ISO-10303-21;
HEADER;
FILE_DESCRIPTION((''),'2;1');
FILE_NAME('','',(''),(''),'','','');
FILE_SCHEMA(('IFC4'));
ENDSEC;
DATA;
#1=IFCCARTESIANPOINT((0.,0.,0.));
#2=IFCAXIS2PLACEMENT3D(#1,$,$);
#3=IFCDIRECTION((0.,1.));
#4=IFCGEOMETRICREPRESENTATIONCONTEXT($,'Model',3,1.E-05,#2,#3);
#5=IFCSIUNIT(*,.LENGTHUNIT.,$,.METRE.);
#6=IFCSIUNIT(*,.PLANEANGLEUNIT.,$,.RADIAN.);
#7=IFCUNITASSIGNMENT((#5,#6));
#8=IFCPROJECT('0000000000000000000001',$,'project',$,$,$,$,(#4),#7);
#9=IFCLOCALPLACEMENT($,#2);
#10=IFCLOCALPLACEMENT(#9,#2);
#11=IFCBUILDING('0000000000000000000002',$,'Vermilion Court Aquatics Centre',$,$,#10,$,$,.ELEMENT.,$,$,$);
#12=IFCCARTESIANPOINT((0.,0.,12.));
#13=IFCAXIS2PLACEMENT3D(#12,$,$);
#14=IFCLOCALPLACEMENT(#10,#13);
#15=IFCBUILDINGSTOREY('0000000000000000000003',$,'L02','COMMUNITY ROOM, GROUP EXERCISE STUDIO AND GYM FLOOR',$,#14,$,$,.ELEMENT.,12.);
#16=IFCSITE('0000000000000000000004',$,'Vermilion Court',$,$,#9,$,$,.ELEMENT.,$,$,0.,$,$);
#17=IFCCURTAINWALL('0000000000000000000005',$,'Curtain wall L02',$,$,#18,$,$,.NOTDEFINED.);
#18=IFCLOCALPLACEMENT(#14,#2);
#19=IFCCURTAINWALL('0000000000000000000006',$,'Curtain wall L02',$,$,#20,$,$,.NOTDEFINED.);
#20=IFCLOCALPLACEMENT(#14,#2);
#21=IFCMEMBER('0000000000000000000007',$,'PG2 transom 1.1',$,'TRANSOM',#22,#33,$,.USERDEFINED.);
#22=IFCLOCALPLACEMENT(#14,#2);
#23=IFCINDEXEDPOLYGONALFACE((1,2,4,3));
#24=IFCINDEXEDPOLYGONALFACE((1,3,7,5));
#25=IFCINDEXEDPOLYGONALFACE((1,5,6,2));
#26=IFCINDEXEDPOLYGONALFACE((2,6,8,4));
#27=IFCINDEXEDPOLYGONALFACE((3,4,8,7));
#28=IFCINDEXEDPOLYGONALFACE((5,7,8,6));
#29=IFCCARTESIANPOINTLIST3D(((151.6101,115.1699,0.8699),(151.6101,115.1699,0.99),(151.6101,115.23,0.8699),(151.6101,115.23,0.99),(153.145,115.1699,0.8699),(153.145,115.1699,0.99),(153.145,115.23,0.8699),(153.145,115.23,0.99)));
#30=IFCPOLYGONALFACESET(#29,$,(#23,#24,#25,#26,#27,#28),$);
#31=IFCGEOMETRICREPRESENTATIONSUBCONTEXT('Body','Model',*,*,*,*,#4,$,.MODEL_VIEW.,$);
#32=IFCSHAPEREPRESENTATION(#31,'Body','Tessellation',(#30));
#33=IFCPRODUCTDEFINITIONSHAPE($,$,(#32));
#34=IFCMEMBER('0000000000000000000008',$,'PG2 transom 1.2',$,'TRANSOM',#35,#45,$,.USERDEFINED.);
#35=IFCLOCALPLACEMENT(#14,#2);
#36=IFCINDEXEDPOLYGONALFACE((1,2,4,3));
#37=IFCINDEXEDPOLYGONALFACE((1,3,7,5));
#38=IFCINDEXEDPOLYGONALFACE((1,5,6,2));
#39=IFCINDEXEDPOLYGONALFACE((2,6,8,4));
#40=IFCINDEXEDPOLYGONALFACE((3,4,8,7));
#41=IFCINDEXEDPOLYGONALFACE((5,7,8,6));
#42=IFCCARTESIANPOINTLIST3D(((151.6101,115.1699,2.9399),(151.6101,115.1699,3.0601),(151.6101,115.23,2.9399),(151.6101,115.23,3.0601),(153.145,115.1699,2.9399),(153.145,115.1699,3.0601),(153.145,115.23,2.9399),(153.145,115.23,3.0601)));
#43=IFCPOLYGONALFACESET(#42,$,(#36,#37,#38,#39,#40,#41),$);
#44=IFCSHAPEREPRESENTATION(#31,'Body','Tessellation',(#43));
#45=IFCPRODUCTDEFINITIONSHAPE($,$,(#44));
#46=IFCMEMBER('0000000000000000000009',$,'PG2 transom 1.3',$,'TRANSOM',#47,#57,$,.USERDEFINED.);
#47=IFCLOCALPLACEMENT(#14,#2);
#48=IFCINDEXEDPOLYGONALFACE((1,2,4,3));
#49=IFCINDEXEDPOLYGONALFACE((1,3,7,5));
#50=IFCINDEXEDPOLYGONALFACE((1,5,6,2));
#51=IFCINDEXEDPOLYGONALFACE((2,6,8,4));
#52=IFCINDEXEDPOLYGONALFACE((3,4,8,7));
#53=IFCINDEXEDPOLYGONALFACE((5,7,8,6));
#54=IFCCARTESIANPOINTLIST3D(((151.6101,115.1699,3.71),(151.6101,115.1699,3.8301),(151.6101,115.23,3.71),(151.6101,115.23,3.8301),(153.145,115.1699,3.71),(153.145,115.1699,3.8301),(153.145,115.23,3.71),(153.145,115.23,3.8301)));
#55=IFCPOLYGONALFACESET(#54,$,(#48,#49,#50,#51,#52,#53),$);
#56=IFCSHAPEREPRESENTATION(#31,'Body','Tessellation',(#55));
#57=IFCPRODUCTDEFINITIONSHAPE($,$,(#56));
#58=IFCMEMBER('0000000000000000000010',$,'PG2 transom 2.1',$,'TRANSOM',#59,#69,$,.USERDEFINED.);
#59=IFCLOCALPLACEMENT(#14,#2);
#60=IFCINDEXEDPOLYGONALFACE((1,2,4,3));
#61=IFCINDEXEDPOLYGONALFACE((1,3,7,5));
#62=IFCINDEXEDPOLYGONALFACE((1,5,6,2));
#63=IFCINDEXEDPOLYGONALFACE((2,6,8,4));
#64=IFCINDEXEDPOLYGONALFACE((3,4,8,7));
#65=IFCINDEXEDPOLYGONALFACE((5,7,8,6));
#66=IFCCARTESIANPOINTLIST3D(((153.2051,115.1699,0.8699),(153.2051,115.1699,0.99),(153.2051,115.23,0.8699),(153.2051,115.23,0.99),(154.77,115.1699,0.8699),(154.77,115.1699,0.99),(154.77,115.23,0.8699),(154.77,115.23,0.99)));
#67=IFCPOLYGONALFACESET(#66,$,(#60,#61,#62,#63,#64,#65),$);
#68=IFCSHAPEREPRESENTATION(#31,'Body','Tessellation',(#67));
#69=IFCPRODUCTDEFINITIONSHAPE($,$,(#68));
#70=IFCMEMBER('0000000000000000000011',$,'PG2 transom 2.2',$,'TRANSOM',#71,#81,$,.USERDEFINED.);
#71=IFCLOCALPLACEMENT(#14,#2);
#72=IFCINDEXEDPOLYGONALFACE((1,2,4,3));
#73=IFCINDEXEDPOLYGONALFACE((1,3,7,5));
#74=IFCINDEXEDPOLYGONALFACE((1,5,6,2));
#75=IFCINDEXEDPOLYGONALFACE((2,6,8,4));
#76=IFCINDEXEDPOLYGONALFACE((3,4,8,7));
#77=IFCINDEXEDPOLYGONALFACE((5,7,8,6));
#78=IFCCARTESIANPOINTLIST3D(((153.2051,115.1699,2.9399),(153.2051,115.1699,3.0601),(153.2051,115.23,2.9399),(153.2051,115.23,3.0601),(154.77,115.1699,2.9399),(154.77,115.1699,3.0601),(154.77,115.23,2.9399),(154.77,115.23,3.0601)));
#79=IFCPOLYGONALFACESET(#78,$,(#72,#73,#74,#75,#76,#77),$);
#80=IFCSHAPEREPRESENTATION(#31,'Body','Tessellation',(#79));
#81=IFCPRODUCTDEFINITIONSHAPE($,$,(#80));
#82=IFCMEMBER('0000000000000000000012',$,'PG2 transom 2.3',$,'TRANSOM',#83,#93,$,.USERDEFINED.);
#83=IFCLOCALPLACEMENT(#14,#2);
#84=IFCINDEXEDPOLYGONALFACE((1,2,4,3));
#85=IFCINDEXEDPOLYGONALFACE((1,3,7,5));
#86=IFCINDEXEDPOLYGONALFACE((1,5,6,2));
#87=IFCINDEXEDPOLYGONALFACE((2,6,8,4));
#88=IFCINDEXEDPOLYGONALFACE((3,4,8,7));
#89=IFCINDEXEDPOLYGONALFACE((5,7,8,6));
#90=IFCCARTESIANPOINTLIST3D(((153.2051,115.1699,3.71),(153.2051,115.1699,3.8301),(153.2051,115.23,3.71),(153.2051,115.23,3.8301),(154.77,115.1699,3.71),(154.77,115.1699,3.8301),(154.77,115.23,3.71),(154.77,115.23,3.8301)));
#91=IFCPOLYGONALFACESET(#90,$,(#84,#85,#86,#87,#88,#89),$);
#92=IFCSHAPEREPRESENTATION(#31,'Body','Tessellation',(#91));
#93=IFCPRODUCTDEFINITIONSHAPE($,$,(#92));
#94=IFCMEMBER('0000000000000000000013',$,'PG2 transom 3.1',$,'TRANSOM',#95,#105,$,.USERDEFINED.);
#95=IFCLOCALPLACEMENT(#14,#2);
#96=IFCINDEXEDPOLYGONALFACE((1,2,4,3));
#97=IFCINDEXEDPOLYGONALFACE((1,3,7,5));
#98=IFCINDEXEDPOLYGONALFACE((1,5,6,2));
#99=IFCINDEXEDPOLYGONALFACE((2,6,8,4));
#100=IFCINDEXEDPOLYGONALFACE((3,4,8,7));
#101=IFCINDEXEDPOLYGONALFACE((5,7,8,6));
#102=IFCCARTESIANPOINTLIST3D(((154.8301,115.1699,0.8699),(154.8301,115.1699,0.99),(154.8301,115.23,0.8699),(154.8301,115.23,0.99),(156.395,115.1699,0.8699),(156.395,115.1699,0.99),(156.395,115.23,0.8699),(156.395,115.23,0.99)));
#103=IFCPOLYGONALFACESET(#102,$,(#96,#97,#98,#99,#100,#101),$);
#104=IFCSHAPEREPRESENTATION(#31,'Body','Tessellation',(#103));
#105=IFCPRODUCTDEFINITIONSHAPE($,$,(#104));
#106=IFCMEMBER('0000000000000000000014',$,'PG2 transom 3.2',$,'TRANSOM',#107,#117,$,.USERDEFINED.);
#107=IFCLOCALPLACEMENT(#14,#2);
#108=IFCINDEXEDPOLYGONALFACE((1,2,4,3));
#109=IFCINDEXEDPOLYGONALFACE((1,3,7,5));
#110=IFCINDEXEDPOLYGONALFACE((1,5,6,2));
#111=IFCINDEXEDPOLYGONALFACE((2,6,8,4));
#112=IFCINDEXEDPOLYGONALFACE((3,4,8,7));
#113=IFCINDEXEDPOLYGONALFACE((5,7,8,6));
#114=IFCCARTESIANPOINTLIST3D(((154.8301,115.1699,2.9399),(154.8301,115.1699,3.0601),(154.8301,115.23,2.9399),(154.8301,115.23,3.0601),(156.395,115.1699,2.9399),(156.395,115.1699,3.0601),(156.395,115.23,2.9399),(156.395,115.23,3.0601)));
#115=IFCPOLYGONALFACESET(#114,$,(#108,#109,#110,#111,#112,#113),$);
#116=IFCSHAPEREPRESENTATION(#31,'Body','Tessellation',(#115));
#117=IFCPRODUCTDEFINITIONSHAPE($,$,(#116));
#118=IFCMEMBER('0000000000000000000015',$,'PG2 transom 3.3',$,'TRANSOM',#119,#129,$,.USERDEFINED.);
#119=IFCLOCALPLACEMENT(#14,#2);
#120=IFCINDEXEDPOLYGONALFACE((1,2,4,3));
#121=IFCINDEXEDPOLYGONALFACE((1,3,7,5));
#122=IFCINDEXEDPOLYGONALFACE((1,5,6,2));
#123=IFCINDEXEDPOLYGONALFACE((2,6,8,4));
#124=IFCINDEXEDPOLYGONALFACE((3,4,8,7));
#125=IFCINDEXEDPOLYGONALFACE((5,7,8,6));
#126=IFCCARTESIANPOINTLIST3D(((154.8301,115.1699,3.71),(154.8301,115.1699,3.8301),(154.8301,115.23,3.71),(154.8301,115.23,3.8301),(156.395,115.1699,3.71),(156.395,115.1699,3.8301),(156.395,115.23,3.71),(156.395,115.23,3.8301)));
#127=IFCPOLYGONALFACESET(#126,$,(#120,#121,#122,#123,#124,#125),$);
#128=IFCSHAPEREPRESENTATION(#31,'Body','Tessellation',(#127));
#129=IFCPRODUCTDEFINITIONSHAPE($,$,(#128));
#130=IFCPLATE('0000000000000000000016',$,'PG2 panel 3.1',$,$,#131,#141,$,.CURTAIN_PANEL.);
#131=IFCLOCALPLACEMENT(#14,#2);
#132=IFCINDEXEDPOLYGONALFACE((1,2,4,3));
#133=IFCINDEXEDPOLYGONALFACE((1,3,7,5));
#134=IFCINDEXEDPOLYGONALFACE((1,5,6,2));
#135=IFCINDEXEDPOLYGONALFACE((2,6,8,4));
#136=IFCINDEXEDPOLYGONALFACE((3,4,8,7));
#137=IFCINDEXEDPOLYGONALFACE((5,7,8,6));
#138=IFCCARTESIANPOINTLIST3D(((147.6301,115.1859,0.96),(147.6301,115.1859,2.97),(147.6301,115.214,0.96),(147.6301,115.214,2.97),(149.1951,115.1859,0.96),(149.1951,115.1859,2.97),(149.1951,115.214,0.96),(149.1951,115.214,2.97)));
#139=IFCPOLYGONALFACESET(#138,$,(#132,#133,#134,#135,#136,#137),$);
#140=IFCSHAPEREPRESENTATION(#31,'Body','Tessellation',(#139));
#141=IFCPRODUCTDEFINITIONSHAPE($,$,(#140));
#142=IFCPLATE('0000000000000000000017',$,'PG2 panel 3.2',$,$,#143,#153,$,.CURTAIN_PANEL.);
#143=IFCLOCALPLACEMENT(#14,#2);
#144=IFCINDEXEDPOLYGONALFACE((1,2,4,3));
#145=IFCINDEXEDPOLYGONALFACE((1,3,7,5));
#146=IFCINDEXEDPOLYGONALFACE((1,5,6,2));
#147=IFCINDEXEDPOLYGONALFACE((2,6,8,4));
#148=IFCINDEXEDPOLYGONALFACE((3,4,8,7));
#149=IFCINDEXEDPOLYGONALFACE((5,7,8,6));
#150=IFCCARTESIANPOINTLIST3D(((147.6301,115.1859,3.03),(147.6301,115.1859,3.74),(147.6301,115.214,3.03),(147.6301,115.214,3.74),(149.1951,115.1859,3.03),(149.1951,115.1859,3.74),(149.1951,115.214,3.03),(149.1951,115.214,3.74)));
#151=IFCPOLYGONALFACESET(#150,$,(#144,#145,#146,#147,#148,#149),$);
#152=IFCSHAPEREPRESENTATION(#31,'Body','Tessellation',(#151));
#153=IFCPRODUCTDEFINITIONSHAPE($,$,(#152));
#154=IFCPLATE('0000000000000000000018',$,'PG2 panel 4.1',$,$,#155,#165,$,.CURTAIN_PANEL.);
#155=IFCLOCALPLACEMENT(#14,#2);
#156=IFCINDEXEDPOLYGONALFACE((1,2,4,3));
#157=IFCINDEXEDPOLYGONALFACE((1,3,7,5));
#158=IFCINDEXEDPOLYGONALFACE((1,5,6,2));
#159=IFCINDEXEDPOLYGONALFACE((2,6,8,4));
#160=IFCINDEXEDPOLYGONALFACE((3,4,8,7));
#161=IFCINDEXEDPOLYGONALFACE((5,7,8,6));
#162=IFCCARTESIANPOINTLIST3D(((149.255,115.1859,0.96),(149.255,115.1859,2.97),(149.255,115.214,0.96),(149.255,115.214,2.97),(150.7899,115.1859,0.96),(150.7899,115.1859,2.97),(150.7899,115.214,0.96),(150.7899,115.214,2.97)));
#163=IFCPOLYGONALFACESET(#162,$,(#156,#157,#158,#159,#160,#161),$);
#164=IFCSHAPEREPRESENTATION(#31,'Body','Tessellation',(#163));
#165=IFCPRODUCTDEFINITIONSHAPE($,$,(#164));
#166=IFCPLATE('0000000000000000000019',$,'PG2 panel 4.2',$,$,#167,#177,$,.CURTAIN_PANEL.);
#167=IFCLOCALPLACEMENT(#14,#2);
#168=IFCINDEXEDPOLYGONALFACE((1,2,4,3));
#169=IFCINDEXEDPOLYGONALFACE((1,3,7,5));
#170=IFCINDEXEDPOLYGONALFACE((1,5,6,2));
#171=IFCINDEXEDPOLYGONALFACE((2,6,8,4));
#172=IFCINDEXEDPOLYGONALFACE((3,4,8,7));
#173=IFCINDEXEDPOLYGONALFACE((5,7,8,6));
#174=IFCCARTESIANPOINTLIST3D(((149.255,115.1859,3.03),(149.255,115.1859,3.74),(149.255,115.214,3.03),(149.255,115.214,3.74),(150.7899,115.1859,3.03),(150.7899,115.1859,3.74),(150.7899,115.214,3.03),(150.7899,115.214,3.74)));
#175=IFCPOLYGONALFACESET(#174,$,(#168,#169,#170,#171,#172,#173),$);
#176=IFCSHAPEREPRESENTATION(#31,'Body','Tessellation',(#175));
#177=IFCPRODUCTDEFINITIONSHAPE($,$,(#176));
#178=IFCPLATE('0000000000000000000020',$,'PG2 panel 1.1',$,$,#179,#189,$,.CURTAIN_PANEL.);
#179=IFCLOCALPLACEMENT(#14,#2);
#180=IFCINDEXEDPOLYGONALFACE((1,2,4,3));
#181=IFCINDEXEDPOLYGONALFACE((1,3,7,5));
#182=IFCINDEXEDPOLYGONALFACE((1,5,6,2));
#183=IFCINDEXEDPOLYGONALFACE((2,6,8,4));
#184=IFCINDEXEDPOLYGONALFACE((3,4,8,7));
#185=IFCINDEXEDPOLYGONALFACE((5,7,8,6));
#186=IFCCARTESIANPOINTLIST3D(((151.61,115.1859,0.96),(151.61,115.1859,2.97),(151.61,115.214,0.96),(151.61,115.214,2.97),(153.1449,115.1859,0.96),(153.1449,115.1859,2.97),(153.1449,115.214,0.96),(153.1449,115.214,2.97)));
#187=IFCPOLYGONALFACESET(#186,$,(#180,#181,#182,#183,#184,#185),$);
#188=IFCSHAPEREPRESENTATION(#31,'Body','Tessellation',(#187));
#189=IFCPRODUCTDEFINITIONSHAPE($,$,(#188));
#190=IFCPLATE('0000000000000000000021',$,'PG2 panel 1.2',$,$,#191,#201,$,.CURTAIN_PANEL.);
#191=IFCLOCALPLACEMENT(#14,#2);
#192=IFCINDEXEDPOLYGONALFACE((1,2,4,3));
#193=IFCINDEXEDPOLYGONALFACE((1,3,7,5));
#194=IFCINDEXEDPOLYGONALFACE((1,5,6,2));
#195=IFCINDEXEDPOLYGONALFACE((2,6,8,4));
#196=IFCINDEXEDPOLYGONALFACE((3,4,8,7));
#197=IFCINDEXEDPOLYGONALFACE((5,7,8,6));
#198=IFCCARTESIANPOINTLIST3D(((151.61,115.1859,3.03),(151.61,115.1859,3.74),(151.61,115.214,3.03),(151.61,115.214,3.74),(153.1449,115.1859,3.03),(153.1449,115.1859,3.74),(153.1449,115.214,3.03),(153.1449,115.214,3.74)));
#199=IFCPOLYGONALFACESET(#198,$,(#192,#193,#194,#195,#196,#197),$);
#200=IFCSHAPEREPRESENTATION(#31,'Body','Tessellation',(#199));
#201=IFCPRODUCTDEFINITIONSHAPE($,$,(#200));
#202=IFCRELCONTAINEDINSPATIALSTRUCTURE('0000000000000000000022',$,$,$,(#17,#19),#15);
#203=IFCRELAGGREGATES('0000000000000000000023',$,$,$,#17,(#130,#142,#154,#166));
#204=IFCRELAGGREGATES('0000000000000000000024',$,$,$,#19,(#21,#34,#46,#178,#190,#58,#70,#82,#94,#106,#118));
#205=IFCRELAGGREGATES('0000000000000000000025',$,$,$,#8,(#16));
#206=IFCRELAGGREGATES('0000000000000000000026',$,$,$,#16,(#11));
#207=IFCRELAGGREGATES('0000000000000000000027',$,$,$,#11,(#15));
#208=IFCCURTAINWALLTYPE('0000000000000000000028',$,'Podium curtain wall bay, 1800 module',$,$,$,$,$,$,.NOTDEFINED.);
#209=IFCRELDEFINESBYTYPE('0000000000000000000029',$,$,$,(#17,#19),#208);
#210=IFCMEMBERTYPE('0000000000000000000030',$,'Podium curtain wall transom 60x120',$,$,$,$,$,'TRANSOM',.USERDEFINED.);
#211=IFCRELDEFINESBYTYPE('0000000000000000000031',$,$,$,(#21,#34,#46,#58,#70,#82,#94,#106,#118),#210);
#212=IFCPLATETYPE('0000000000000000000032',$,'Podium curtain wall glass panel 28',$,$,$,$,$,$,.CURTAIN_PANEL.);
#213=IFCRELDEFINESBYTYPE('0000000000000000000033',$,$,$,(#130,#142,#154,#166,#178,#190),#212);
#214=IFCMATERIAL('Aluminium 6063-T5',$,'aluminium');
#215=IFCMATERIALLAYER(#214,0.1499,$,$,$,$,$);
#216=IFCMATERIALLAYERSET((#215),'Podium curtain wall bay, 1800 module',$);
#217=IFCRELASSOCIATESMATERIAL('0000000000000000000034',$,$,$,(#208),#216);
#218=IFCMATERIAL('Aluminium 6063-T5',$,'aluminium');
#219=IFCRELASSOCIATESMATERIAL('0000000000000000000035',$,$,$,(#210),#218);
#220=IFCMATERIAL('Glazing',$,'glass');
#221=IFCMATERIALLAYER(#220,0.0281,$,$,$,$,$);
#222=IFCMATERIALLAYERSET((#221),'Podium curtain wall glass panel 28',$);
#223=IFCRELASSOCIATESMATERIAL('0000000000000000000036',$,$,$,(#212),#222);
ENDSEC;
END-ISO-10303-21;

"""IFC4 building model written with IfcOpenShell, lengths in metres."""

from ifc_helpers import new_model, si_unit, direction, frame, origin, origin_2d, place, context, subcontext, project, spatial, rectangle, extrude, material, layer, layer_set, material_profile, profile_set, type_object, element, aggregate, save


model = new_model("IFC4")

# Units and contexts
model_context = context("Model", 3, precision=1e-05, world=origin(), true_north=direction((0.0, 1.0)))
body_context = subcontext(model_context, "Body", "Model", "MODEL_VIEW")
ifc_project = project(units=[si_unit("LENGTHUNIT", "METRE"), si_unit("PLANEANGLEUNIT", "RADIAN")], contexts=[model_context])

# Site, building, storey
site_placement = place(None, origin())
site = spatial("IfcSite", under=ifc_project, at=site_placement, Name="Vermilion Court", CompositionType="ELEMENT", RefElevation=0.0)
building_placement = place(site_placement, origin())
building = spatial("IfcBuilding", under=site, at=building_placement, Name="Vermilion Court Aquatics Centre", CompositionType="ELEMENT")
storey_placement = place(building_placement, frame((0.0, 0.0, 12.0)))
storey = spatial("IfcBuildingStorey", under=building, at=storey_placement, Name="L02", Description="COMMUNITY ROOM, GROUP EXERCISE STUDIO AND GYM FLOOR", CompositionType="ELEMENT", Elevation=12.0)

# Curtain walls
ifc_material_1 = material(Name="Aluminium 6063-T5", Category="aluminium")
ifc_layer_1 = layer(ifc_material_1, 0.1499)
ifc_layer_set_1 = layer_set([ifc_layer_1], Name="Podium curtain wall bay, 1800 module")
curtain_wall_type = type_object("IfcCurtainWallType", Name="Podium curtain wall bay, 1800 module", PredefinedType="NOTDEFINED", material=ifc_layer_set_1)
curtain_wall_1_placement = place(storey_placement, origin())
curtain_wall_1 = element("IfcCurtainWall", 1, at=curtain_wall_1_placement, inside=storey, type_object=curtain_wall_type, Name="Curtain wall L02", PredefinedType="NOTDEFINED")
curtain_wall_2_placement = place(storey_placement, origin())
curtain_wall_2 = element("IfcCurtainWall", 2, at=curtain_wall_2_placement, inside=storey, type_object=curtain_wall_type, Name="Curtain wall L02", PredefinedType="NOTDEFINED")

# Members
ifc_material_2 = material(Name="Aluminium 6063-T5", Category="aluminium")
ifc_material_profile_1 = material_profile(ifc_material_2, rectangle(XDim=0.0601, YDim=0.1201, at=origin_2d()), Name="Transom 60x120")
ifc_profile_set_1 = profile_set([ifc_material_profile_1], Name="Aluminium 6063-T5")
member_type_1 = type_object("IfcMemberType", Name="Podium curtain wall transom 60x120", ElementType="TRANSOM", PredefinedType="USERDEFINED", material=ifc_profile_set_1)
member_1_placement = place(storey_placement, frame((151.6101, 115.2, 0.9299), z_axis=(1.0, 0.0, 0.0), x_axis=(0.0, 1.0, 0.0)))
member_1 = element("IfcMember", 3, at=member_1_placement, type_object=member_type_1, Name="PG2 transom 1.1", ObjectType="TRANSOM", PredefinedType="USERDEFINED", context=body_context, shape_type="SweptSolid", body=[
    extrude(rectangle(XDim=0.0601, YDim=0.1201, at=origin_2d()), origin(), (0.0, 0.0, 1.0), 1.5349),
])
member_2_placement = place(storey_placement, frame((151.6101, 115.2, 3.0), z_axis=(1.0, 0.0, 0.0), x_axis=(0.0, 1.0, 0.0)))
member_2 = element("IfcMember", 4, at=member_2_placement, type_object=member_type_1, Name="PG2 transom 1.2", ObjectType="TRANSOM", PredefinedType="USERDEFINED", context=body_context, shape_type="SweptSolid", body=[
    extrude(rectangle(XDim=0.0601, YDim=0.1201, at=origin_2d()), origin(), (0.0, 0.0, 1.0), 1.5349),
])
member_3_placement = place(storey_placement, frame((151.6101, 115.2, 3.77), z_axis=(1.0, 0.0, 0.0), x_axis=(0.0, 1.0, 0.0)))
member_3 = element("IfcMember", 5, at=member_3_placement, type_object=member_type_1, Name="PG2 transom 1.3", ObjectType="TRANSOM", PredefinedType="USERDEFINED", context=body_context, shape_type="SweptSolid", body=[
    extrude(rectangle(XDim=0.0601, YDim=0.1201, at=origin_2d()), origin(), (0.0, 0.0, 1.0), 1.5349),
])
member_4_placement = place(storey_placement, frame((153.2051, 115.2, 0.9299), z_axis=(1.0, 0.0, 0.0), x_axis=(0.0, 1.0, 0.0)))
member_4 = element("IfcMember", 6, at=member_4_placement, type_object=member_type_1, Name="PG2 transom 2.1", ObjectType="TRANSOM", PredefinedType="USERDEFINED", context=body_context, shape_type="SweptSolid", body=[
    extrude(rectangle(XDim=0.0601, YDim=0.1201, at=origin_2d()), origin(), (0.0, 0.0, 1.0), 1.5649),
])
member_5_placement = place(storey_placement, frame((153.2051, 115.2, 3.0), z_axis=(1.0, 0.0, 0.0), x_axis=(0.0, 1.0, 0.0)))
member_5 = element("IfcMember", 7, at=member_5_placement, type_object=member_type_1, Name="PG2 transom 2.2", ObjectType="TRANSOM", PredefinedType="USERDEFINED", context=body_context, shape_type="SweptSolid", body=[
    extrude(rectangle(XDim=0.0601, YDim=0.1201, at=origin_2d()), origin(), (0.0, 0.0, 1.0), 1.5649),
])
member_6_placement = place(storey_placement, frame((153.2051, 115.2, 3.77), z_axis=(1.0, 0.0, 0.0), x_axis=(0.0, 1.0, 0.0)))
member_6 = element("IfcMember", 8, at=member_6_placement, type_object=member_type_1, Name="PG2 transom 2.3", ObjectType="TRANSOM", PredefinedType="USERDEFINED", context=body_context, shape_type="SweptSolid", body=[
    extrude(rectangle(XDim=0.0601, YDim=0.1201, at=origin_2d()), origin(), (0.0, 0.0, 1.0), 1.5649),
])
member_7_placement = place(storey_placement, frame((154.8301, 115.2, 0.9299), z_axis=(1.0, 0.0, 0.0), x_axis=(0.0, 1.0, 0.0)))
member_7 = element("IfcMember", 9, at=member_7_placement, type_object=member_type_1, Name="PG2 transom 3.1", ObjectType="TRANSOM", PredefinedType="USERDEFINED", context=body_context, shape_type="SweptSolid", body=[
    extrude(rectangle(XDim=0.0601, YDim=0.1201, at=origin_2d()), origin(), (0.0, 0.0, 1.0), 1.5649),
])
member_8_placement = place(storey_placement, frame((154.8301, 115.2, 3.0), z_axis=(1.0, 0.0, 0.0), x_axis=(0.0, 1.0, 0.0)))
member_8 = element("IfcMember", 10, at=member_8_placement, type_object=member_type_1, Name="PG2 transom 3.2", ObjectType="TRANSOM", PredefinedType="USERDEFINED", context=body_context, shape_type="SweptSolid", body=[
    extrude(rectangle(XDim=0.0601, YDim=0.1201, at=origin_2d()), origin(), (0.0, 0.0, 1.0), 1.5649),
])
member_9_placement = place(storey_placement, frame((154.8301, 115.2, 3.77), z_axis=(1.0, 0.0, 0.0), x_axis=(0.0, 1.0, 0.0)))
member_9 = element("IfcMember", 11, at=member_9_placement, type_object=member_type_1, Name="PG2 transom 3.3", ObjectType="TRANSOM", PredefinedType="USERDEFINED", context=body_context, shape_type="SweptSolid", body=[
    extrude(rectangle(XDim=0.0601, YDim=0.1201, at=origin_2d()), origin(), (0.0, 0.0, 1.0), 1.5649),
])

# Plates
ifc_material_3 = material(Name="Glazing", Category="glass")
ifc_layer_2 = layer(ifc_material_3, 0.0281)
ifc_layer_set_2 = layer_set([ifc_layer_2], Name="Podium curtain wall glass panel 28")
plate_type = type_object("IfcPlateType", Name="Podium curtain wall glass panel 28", PredefinedType="CURTAIN_PANEL", material=ifc_layer_set_2)
plate_1_placement = place(storey_placement, frame((148.4126, 115.2, 0.96), z_axis=(0.0, 0.0, 1.0), x_axis=(1.0, 0.0, 0.0)))
plate_1 = element("IfcPlate", 12, at=plate_1_placement, type_object=plate_type, Name="PG2 panel 3.1", PredefinedType="CURTAIN_PANEL", context=body_context, shape_type="SweptSolid", body=[
    extrude(rectangle(XDim=1.5649, YDim=0.0281, at=origin_2d()), origin(), (0.0, 0.0, 1.0), 2.01),
])
plate_2_placement = place(storey_placement, frame((148.4126, 115.2, 3.03), z_axis=(0.0, 0.0, 1.0), x_axis=(1.0, 0.0, 0.0)))
plate_2 = element("IfcPlate", 13, at=plate_2_placement, type_object=plate_type, Name="PG2 panel 3.2", PredefinedType="CURTAIN_PANEL", context=body_context, shape_type="SweptSolid", body=[
    extrude(rectangle(XDim=1.5649, YDim=0.0281, at=origin_2d()), origin(), (0.0, 0.0, 1.0), 0.71),
])
plate_3_placement = place(storey_placement, frame((150.0225, 115.2, 0.96), z_axis=(0.0, 0.0, 1.0), x_axis=(1.0, 0.0, 0.0)))
plate_3 = element("IfcPlate", 14, at=plate_3_placement, type_object=plate_type, Name="PG2 panel 4.1", PredefinedType="CURTAIN_PANEL", context=body_context, shape_type="SweptSolid", body=[
    extrude(rectangle(XDim=1.5349, YDim=0.0281, at=origin_2d()), origin(), (0.0, 0.0, 1.0), 2.01),
])
plate_4_placement = place(storey_placement, frame((150.0225, 115.2, 3.03), z_axis=(0.0, 0.0, 1.0), x_axis=(1.0, 0.0, 0.0)))
plate_4 = element("IfcPlate", 15, at=plate_4_placement, type_object=plate_type, Name="PG2 panel 4.2", PredefinedType="CURTAIN_PANEL", context=body_context, shape_type="SweptSolid", body=[
    extrude(rectangle(XDim=1.5349, YDim=0.0281, at=origin_2d()), origin(), (0.0, 0.0, 1.0), 0.71),
])
aggregate(curtain_wall_1, [plate_1, plate_2, plate_3, plate_4])
plate_5_placement = place(storey_placement, frame((152.3774, 115.2, 0.96), z_axis=(0.0, 0.0, 1.0), x_axis=(1.0, 0.0, 0.0)))
plate_5 = element("IfcPlate", 16, at=plate_5_placement, type_object=plate_type, Name="PG2 panel 1.1", PredefinedType="CURTAIN_PANEL", context=body_context, shape_type="SweptSolid", body=[
    extrude(rectangle(XDim=1.5349, YDim=0.0281, at=origin_2d()), origin(), (0.0, 0.0, 1.0), 2.01),
])
plate_6_placement = place(storey_placement, frame((152.3774, 115.2, 3.03), z_axis=(0.0, 0.0, 1.0), x_axis=(1.0, 0.0, 0.0)))
plate_6 = element("IfcPlate", 17, at=plate_6_placement, type_object=plate_type, Name="PG2 panel 1.2", PredefinedType="CURTAIN_PANEL", context=body_context, shape_type="SweptSolid", body=[
    extrude(rectangle(XDim=1.5349, YDim=0.0281, at=origin_2d()), origin(), (0.0, 0.0, 1.0), 0.71),
])
aggregate(curtain_wall_2, [member_1, member_2, member_3, plate_5, plate_6, member_4, member_5, member_6, member_7, member_8, member_9])

save(model, "model.ifc")
